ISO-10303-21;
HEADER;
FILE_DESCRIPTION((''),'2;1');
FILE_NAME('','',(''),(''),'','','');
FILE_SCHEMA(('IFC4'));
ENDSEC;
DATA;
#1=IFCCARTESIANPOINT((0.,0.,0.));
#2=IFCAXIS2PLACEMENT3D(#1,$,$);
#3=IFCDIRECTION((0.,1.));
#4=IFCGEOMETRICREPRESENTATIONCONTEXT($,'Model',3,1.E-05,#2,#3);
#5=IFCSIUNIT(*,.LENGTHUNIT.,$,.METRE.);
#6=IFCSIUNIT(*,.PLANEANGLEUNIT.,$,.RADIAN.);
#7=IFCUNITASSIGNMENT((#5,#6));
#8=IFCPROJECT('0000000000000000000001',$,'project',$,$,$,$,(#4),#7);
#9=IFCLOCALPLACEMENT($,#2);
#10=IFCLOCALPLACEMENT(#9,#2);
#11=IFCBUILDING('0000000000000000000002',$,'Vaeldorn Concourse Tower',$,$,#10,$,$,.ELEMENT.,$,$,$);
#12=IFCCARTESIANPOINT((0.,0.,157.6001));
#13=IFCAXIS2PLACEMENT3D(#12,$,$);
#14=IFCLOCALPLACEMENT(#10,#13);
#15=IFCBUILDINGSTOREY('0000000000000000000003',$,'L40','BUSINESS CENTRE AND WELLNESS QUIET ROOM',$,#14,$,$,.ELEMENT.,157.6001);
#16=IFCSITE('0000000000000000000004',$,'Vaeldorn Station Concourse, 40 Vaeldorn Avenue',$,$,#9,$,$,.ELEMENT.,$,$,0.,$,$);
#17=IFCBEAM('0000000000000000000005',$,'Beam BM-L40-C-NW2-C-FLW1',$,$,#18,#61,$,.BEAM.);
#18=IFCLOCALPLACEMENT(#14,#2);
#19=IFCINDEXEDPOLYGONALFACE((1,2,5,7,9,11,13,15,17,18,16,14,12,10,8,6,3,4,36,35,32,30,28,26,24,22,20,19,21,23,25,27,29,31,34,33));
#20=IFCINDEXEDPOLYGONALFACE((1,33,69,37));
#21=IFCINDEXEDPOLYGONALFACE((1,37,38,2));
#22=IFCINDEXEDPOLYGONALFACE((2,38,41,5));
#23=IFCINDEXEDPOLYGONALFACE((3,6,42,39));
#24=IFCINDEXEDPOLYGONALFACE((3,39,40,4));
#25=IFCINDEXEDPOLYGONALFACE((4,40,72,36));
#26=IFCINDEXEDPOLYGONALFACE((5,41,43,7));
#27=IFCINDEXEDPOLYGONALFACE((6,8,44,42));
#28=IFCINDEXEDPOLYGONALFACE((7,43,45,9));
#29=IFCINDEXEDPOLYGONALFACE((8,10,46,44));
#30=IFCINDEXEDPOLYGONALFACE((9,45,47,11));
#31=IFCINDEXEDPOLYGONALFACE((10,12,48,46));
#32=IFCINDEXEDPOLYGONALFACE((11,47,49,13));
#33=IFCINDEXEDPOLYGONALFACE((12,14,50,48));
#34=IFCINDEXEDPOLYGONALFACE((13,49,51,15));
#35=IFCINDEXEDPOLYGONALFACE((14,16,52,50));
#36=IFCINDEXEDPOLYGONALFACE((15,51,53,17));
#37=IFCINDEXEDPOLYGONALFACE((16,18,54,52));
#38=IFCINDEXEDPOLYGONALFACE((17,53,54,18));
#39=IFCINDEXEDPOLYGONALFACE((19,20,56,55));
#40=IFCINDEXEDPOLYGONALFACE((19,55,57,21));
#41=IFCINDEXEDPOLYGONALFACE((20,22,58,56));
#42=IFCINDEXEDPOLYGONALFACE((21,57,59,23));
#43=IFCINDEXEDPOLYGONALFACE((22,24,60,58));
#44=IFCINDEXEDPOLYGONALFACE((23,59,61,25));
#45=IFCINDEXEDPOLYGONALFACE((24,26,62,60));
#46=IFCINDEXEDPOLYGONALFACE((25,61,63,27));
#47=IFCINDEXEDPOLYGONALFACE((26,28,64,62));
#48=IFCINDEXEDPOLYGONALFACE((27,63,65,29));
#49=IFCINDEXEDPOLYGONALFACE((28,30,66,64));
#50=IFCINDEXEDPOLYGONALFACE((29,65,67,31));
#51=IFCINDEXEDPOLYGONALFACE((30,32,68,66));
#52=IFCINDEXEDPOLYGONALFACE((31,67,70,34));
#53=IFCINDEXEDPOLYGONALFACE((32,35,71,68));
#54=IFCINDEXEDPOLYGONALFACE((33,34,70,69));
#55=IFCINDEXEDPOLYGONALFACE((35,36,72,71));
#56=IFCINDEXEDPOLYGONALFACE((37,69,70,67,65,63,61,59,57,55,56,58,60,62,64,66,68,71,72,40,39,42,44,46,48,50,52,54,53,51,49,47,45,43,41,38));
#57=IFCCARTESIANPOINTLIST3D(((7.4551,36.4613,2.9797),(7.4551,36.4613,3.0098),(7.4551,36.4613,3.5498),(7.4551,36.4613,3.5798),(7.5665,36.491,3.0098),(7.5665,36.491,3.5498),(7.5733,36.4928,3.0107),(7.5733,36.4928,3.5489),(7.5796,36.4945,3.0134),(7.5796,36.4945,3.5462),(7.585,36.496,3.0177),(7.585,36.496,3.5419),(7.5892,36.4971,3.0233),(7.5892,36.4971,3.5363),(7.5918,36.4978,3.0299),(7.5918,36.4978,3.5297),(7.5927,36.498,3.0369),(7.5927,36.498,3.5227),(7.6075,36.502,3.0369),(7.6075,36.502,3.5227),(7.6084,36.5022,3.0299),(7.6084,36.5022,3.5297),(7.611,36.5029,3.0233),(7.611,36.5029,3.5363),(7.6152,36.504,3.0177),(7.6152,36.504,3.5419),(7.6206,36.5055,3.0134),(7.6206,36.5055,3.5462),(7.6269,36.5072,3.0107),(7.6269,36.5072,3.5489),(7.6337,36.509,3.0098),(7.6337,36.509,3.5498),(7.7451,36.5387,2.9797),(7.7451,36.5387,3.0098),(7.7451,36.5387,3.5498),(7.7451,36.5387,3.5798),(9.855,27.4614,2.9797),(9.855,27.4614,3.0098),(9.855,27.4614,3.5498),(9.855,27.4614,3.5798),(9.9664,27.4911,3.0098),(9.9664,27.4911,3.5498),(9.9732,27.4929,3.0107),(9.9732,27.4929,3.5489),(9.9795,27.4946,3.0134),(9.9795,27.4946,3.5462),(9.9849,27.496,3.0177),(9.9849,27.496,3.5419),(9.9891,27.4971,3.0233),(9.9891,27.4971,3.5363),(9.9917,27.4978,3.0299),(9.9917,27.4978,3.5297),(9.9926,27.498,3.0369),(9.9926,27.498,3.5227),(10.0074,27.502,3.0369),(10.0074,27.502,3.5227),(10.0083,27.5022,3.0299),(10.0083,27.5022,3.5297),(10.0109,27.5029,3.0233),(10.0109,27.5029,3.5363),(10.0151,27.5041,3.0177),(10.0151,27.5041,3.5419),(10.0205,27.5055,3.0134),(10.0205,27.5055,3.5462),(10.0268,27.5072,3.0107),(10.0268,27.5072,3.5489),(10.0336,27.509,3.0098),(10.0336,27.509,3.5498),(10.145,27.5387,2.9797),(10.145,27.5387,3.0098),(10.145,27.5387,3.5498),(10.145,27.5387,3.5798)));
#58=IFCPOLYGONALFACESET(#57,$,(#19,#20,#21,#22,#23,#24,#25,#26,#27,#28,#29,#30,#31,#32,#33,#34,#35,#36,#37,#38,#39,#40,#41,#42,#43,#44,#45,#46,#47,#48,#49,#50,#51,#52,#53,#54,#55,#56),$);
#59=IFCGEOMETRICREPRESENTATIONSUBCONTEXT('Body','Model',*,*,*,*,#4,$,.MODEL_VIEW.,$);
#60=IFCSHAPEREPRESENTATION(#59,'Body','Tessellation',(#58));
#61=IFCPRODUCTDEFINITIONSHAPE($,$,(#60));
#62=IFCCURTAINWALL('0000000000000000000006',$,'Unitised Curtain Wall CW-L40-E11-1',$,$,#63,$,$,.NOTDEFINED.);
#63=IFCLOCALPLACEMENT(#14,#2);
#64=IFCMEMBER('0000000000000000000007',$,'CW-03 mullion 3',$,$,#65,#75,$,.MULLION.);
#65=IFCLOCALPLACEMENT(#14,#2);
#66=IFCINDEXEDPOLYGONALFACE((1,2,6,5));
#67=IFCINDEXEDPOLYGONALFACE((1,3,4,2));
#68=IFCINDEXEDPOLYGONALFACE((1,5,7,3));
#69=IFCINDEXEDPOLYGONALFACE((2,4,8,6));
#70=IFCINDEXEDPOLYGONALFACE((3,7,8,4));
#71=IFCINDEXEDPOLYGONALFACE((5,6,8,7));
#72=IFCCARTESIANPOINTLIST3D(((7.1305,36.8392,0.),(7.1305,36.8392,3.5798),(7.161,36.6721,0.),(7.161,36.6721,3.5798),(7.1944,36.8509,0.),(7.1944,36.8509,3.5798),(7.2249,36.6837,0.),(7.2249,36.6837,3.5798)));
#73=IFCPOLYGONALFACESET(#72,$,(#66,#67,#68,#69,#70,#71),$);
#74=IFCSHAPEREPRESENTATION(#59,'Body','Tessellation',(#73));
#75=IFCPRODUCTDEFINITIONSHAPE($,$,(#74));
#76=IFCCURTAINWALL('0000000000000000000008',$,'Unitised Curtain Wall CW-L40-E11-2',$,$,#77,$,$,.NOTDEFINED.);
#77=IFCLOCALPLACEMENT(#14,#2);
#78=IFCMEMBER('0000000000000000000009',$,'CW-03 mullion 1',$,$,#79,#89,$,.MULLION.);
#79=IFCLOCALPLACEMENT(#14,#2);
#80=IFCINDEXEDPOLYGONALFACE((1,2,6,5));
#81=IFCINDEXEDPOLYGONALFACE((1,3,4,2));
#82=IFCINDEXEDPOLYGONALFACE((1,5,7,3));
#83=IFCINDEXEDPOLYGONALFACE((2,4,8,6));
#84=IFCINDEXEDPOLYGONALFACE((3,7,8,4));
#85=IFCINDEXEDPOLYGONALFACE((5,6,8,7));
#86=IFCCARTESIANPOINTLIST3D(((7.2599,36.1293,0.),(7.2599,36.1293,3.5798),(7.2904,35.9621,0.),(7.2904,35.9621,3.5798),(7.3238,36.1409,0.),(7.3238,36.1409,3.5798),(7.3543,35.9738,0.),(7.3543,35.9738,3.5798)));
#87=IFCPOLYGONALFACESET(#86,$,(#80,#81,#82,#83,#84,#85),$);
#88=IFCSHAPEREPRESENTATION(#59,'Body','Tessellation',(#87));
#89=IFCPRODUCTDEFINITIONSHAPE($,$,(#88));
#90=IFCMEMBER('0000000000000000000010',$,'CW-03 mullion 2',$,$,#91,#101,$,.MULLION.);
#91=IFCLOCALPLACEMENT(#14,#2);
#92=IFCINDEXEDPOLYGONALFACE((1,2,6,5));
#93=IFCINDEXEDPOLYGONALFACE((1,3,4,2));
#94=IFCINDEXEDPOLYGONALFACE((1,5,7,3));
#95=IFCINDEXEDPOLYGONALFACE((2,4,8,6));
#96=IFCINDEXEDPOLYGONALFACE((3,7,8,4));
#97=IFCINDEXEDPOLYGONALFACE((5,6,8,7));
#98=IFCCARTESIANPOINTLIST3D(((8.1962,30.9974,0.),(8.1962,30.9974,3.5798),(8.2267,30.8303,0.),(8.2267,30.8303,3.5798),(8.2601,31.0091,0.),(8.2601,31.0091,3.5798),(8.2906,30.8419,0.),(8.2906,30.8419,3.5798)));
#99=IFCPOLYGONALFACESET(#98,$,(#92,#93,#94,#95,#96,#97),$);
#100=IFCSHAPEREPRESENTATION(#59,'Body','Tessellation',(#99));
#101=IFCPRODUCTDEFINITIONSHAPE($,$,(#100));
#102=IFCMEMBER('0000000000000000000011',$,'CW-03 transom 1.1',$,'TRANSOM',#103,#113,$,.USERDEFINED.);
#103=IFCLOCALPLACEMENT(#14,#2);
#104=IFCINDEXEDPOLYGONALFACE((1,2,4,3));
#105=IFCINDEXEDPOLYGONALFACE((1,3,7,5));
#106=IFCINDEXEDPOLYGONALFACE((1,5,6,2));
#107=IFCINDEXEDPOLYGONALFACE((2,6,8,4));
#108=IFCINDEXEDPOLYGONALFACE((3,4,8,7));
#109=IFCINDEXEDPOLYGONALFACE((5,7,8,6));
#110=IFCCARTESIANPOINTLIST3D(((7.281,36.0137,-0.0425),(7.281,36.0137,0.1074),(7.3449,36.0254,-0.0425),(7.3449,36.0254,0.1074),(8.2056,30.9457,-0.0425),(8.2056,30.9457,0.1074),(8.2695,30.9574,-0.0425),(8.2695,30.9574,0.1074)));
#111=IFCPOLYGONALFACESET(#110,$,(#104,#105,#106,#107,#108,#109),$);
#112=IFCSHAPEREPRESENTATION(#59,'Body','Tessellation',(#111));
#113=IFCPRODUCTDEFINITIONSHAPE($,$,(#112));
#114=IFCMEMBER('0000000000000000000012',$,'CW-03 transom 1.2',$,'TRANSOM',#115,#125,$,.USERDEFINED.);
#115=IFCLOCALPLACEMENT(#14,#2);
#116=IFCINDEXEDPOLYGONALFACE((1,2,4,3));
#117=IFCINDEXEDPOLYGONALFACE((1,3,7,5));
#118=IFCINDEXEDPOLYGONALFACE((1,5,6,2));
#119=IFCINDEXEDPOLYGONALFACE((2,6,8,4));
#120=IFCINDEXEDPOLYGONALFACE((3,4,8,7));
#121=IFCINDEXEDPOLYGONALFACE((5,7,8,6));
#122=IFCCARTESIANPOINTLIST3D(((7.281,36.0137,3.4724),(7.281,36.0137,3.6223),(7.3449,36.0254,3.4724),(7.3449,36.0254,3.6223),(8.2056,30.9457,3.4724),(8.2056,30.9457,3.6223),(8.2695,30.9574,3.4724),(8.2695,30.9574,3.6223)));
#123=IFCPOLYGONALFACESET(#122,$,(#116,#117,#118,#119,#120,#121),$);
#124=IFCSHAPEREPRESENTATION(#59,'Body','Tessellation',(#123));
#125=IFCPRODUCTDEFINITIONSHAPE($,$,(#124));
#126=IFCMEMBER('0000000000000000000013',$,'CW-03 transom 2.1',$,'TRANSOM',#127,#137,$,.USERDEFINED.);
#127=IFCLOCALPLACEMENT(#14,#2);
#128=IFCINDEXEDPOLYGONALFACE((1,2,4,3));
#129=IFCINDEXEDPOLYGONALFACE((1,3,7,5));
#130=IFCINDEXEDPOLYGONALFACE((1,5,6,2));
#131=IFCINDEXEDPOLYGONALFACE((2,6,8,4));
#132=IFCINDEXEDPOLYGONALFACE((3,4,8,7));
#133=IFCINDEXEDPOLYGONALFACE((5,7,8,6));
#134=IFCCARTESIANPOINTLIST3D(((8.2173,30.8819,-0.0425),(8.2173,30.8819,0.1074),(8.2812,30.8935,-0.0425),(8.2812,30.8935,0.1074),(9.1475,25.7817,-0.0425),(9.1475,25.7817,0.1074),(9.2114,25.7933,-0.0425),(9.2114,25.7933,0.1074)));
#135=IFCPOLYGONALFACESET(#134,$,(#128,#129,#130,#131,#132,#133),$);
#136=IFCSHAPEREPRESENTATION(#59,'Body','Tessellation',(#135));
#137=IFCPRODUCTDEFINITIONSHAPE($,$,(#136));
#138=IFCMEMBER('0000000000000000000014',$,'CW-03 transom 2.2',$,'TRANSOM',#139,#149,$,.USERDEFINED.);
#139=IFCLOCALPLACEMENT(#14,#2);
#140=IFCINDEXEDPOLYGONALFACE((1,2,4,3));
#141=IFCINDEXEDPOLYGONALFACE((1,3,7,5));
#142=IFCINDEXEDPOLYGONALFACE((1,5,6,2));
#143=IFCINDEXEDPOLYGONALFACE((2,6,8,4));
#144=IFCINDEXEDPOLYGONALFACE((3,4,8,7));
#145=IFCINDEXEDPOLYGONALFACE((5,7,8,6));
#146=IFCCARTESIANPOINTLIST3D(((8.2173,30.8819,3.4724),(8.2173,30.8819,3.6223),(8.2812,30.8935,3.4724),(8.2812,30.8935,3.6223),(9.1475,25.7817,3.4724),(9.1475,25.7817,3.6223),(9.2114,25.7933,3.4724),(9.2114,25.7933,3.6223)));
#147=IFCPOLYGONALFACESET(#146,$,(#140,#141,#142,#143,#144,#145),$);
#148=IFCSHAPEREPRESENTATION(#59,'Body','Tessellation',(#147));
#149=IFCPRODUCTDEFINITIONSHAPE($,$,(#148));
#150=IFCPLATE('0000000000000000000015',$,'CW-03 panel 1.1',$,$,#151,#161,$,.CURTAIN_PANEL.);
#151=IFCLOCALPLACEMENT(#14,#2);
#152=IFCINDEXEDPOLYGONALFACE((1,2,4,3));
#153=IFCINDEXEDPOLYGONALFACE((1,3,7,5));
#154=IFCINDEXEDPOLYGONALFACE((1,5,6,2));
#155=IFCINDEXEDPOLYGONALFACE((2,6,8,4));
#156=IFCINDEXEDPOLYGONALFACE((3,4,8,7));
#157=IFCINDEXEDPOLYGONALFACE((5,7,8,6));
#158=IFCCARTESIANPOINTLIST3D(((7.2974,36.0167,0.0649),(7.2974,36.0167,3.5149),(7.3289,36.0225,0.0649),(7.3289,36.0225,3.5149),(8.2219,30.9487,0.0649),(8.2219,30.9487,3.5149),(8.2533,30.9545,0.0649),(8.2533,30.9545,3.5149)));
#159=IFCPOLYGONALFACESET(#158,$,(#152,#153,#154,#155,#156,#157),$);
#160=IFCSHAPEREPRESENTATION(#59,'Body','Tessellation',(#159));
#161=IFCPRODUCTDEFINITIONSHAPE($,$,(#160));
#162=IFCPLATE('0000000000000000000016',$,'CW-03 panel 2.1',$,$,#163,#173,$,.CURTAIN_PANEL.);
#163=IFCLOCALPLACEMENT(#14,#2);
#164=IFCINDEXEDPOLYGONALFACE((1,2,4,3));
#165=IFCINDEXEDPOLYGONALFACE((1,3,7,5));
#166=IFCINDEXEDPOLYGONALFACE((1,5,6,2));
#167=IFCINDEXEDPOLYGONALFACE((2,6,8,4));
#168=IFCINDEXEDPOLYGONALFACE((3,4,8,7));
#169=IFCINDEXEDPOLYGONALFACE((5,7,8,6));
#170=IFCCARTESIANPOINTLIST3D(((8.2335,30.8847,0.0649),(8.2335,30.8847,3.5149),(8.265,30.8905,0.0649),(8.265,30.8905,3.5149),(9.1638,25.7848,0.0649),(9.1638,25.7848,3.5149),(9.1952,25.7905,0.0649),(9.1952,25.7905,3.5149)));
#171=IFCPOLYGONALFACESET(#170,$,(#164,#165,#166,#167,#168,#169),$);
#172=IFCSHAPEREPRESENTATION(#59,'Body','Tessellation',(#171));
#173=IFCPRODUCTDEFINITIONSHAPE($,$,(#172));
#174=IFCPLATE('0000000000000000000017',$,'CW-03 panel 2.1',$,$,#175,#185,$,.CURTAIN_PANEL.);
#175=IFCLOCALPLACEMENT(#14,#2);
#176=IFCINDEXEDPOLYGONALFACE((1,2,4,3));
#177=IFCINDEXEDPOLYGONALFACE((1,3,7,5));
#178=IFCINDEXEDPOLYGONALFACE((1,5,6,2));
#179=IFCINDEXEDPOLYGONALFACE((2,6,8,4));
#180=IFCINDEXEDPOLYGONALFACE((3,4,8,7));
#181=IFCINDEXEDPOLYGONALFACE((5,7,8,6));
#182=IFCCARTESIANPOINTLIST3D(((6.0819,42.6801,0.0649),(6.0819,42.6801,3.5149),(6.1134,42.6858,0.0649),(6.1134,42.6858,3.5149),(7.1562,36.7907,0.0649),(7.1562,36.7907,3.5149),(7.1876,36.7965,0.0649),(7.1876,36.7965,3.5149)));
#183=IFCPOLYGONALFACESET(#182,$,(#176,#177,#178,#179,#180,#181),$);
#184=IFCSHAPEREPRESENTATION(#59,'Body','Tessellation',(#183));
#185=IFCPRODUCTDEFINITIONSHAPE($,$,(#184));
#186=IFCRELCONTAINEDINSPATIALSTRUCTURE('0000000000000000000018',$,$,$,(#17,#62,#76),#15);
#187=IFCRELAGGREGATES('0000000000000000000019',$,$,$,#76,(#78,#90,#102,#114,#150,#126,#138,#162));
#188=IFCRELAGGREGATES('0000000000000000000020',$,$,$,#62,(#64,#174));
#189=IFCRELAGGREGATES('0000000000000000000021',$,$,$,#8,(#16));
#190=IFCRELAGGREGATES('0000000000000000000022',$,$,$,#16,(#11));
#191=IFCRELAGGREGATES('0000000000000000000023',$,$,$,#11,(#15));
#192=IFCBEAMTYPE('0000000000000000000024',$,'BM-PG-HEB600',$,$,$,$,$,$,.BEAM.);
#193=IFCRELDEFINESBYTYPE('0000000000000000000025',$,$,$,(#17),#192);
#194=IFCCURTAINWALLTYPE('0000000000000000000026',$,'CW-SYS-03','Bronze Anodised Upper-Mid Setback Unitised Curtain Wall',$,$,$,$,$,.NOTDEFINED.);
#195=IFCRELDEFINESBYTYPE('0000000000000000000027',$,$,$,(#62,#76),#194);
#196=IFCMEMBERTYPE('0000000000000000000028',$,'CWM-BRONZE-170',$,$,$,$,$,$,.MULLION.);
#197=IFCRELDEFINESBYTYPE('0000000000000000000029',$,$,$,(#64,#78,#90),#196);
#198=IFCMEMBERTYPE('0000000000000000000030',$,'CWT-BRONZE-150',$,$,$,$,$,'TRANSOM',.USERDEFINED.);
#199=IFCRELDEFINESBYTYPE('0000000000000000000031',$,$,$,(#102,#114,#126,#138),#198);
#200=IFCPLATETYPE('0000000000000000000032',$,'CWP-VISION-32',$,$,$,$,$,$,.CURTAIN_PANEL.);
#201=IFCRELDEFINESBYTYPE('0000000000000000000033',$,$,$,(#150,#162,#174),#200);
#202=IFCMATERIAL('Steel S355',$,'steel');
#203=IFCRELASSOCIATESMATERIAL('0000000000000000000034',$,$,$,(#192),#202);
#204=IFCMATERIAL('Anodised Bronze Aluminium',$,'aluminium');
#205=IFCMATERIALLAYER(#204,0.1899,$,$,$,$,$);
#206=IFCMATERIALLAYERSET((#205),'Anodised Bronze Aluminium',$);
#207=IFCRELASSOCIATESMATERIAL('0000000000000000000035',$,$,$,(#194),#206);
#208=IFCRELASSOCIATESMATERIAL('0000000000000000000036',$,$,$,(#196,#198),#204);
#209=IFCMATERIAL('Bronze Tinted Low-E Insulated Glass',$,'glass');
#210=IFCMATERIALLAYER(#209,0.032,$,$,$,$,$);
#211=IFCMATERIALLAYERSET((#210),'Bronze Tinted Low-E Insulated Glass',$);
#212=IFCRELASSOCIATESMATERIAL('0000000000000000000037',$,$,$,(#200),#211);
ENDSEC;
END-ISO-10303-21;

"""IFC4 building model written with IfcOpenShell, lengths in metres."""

from ifc_helpers import new_model, si_unit, direction, frame, origin, origin_2d, place, context, subcontext, project, spatial, rectangle, i_section, extrude, source, transform, mapped, material, layer, layer_set, material_profile, profile_set, type_object, element, aggregate, save


model = new_model("IFC4")

# Units and contexts
model_context = context("Model", 3, precision=1e-05, world=origin(), true_north=direction((0.0, 1.0)))
body_context = subcontext(model_context, "Body", "Model", "MODEL_VIEW")
ifc_project = project(units=[si_unit("LENGTHUNIT", "METRE"), si_unit("PLANEANGLEUNIT", "RADIAN")], contexts=[model_context])

# Site, building, storey
site_placement = place(None, origin())
site = spatial("IfcSite", under=ifc_project, at=site_placement, Name="Vaeldorn Station Concourse, 40 Vaeldorn Avenue", CompositionType="ELEMENT", RefElevation=0.0)
building_placement = place(site_placement, origin())
building = spatial("IfcBuilding", under=site, at=building_placement, Name="Vaeldorn Concourse Tower", CompositionType="ELEMENT")
storey_placement = place(building_placement, frame((0.0, 0.0, 157.6001)))
storey = spatial("IfcBuildingStorey", under=building, at=storey_placement, Name="L40", Description="BUSINESS CENTRE AND WELLNESS QUIET ROOM", CompositionType="ELEMENT", Elevation=157.6001)

# Beam
ifc_material_1 = material(Name="Steel S355", Category="steel")
ifc_material_profile_1 = material_profile(ifc_material_1, i_section(OverallWidth=0.3, OverallDepth=0.6001, WebThickness=0.0154, FlangeThickness=0.03, FilletRadius=0.0271, at=origin_2d()), Name="HEB 600")
ifc_profile_set_1 = profile_set([ifc_material_profile_1], Name="Steel S355")
beam_type_1 = type_object("IfcBeamType", Name="BM-PG-HEB600", PredefinedType="BEAM", material=ifc_profile_set_1)
shared_shape_1 = source(origin(), body_context, "Body", "SweptSolid", [
    extrude(i_section(OverallWidth=0.3, OverallDepth=0.6001, WebThickness=0.0154, FlangeThickness=0.03, FilletRadius=0.0271, at=origin_2d()), origin(), (0.0, 0.0, 1.0), 9.3145),
])
beam_1_placement = place(storey_placement, frame((7.6001, 36.5, 3.2798), z_axis=(0.257653, -0.966238, 0.0), x_axis=(0.966238, 0.257653, 0.0)))
element("IfcBeam", 1, at=beam_1_placement, inside=storey, type_object=beam_type_1, Name="Beam BM-L40-C-NW2-C-FLW1", PredefinedType="BEAM", context=body_context, shape_type="MappedRepresentation", body=[
    mapped(shared_shape_1, transform((0.0, 0.0, 0.0), scale=1.0)),
])

# Curtain wall, member
ifc_material_2 = material(Name="Anodised Bronze Aluminium", Category="aluminium")
ifc_layer_1 = layer(ifc_material_2, 0.1899)
ifc_layer_set_1 = layer_set([ifc_layer_1], Name="Anodised Bronze Aluminium")
curtain_wall_type = type_object("IfcCurtainWallType", Name="CW-SYS-03", Description="Bronze Anodised Upper-Mid Setback Unitised Curtain Wall", PredefinedType="NOTDEFINED", material=ifc_layer_set_1)
curtain_wall_1_placement = place(storey_placement, origin())
curtain_wall_1 = element("IfcCurtainWall", 2, at=curtain_wall_1_placement, inside=storey, type_object=curtain_wall_type, Name="Unitised Curtain Wall CW-L40-E11-1", PredefinedType="NOTDEFINED")
ifc_material_profile_2 = material_profile(ifc_material_2, rectangle(XDim=0.0649, YDim=0.1699, at=origin_2d()), Name="CWM 65x170")
ifc_profile_set_2 = profile_set([ifc_material_profile_2], Name="Anodised Bronze Aluminium")
member_type_1 = type_object("IfcMemberType", Name="CWM-BRONZE-170", PredefinedType="MULLION", material=ifc_profile_set_2)
shared_shape_2 = source(origin(), body_context, "Body", "SweptSolid", [
    extrude(rectangle(XDim=0.0649, YDim=0.1699, at=origin_2d()), origin(), (0.0, 0.0, 1.0), 3.5798),
])
member_1_placement = place(storey_placement, frame((7.1777, 36.7615, 0.0), z_axis=(0.0, 0.0, 1.0), x_axis=(0.983768, 0.179447, 0.0)))
member_1 = element("IfcMember", 3, at=member_1_placement, type_object=member_type_1, Name="CW-03 mullion 3", PredefinedType="MULLION", context=body_context, shape_type="MappedRepresentation", body=[
    mapped(shared_shape_2, transform((0.0, 0.0, 0.0), scale=1.0)),
])

# Curtain wall, members, plates
curtain_wall_2_placement = place(storey_placement, origin())
curtain_wall_2 = element("IfcCurtainWall", 4, at=curtain_wall_2_placement, inside=storey, type_object=curtain_wall_type, Name="Unitised Curtain Wall CW-L40-E11-2", PredefinedType="NOTDEFINED")
member_2_placement = place(storey_placement, frame((7.3071, 36.0515, 0.0), z_axis=(0.0, 0.0, 1.0), x_axis=(0.983768, 0.179446, 0.0)))
member_2 = element("IfcMember", 5, at=member_2_placement, type_object=member_type_1, Name="CW-03 mullion 1", PredefinedType="MULLION", context=body_context, shape_type="MappedRepresentation", body=[
    mapped(shared_shape_2, transform((0.0, 0.0, 0.0), scale=1.0)),
])
member_3_placement = place(storey_placement, frame((8.2434, 30.9197, 0.0), z_axis=(0.0, 0.0, 1.0), x_axis=(0.983768, 0.179446, 0.0)))
member_3 = element("IfcMember", 6, at=member_3_placement, type_object=member_type_1, Name="CW-03 mullion 2", PredefinedType="MULLION", context=body_context, shape_type="MappedRepresentation", body=[
    mapped(shared_shape_2, transform((0.0, 0.0, 0.0), scale=1.0)),
])
ifc_material_profile_3 = material_profile(ifc_material_2, rectangle(XDim=0.0649, YDim=0.1499, at=origin_2d()), Name="CWT 65x150")
ifc_profile_set_3 = profile_set([ifc_material_profile_3], Name="Anodised Bronze Aluminium")
member_type_2 = type_object("IfcMemberType", Name="CWT-BRONZE-150", ElementType="TRANSOM", PredefinedType="USERDEFINED", material=ifc_profile_set_3)
shared_shape_3 = source(origin(), body_context, "Body", "SweptSolid", [
    extrude(rectangle(XDim=0.0649, YDim=0.1499, at=origin_2d()), origin(), (0.0, 0.0, 1.0), 5.1516),
])
member_4_placement = place(storey_placement, frame((7.313, 36.0195, 0.0325), z_axis=(0.179473, -0.983763, 0.0), x_axis=(0.983763, 0.179473, 0.0)))
member_4 = element("IfcMember", 7, at=member_4_placement, type_object=member_type_2, Name="CW-03 transom 1.1", ObjectType="TRANSOM", PredefinedType="USERDEFINED", context=body_context, shape_type="MappedRepresentation", body=[
    mapped(shared_shape_3, transform((0.0, 0.0, 0.0), scale=1.0)),
])
member_5_placement = place(storey_placement, frame((7.313, 36.0195, 3.5474), z_axis=(0.179473, -0.983763, 0.0), x_axis=(0.983763, 0.179473, 0.0)))
member_5 = element("IfcMember", 8, at=member_5_placement, type_object=member_type_2, Name="CW-03 transom 1.2", ObjectType="TRANSOM", PredefinedType="USERDEFINED", context=body_context, shape_type="MappedRepresentation", body=[
    mapped(shared_shape_3, transform((0.0, 0.0, 0.0), scale=1.0)),
])
shared_shape_4 = source(origin(), body_context, "Body", "SweptSolid", [
    extrude(rectangle(XDim=0.0649, YDim=0.1499, at=origin_2d()), origin(), (0.0, 0.0, 1.0), 5.1843),
])
member_6_placement = place(storey_placement, frame((8.2493, 30.8877, 0.0325), z_axis=(0.179424, -0.983772, 0.0), x_axis=(0.983772, 0.179424, 0.0)))
member_6 = element("IfcMember", 9, at=member_6_placement, type_object=member_type_2, Name="CW-03 transom 2.1", ObjectType="TRANSOM", PredefinedType="USERDEFINED", context=body_context, shape_type="MappedRepresentation", body=[
    mapped(shared_shape_4, transform((0.0, 0.0, 0.0), scale=1.0)),
])
member_7_placement = place(storey_placement, frame((8.2493, 30.8877, 3.5474), z_axis=(0.179424, -0.983772, 0.0), x_axis=(0.983772, 0.179424, 0.0)))
member_7 = element("IfcMember", 10, at=member_7_placement, type_object=member_type_2, Name="CW-03 transom 2.2", ObjectType="TRANSOM", PredefinedType="USERDEFINED", context=body_context, shape_type="MappedRepresentation", body=[
    mapped(shared_shape_4, transform((0.0, 0.0, 0.0), scale=1.0)),
])
ifc_material_3 = material(Name="Bronze Tinted Low-E Insulated Glass", Category="glass")
ifc_layer_2 = layer(ifc_material_3, 0.032)
ifc_layer_set_2 = layer_set([ifc_layer_2], Name="Bronze Tinted Low-E Insulated Glass")
plate_type = type_object("IfcPlateType", Name="CWP-VISION-32", PredefinedType="CURTAIN_PANEL", material=ifc_layer_set_2)
shared_shape_5 = source(origin(), body_context, "Body", "SweptSolid", [
    extrude(rectangle(XDim=5.1516, YDim=0.032, at=origin_2d()), origin(), (0.0, 0.0, 1.0), 3.45),
])
plate_1_placement = place(storey_placement, frame((7.7754, 33.4856, 0.0649), z_axis=(0.0, 0.0, 1.0), x_axis=(0.179446, -0.983768, 0.0)))
plate_1 = element("IfcPlate", 11, at=plate_1_placement, type_object=plate_type, Name="CW-03 panel 1.1", PredefinedType="CURTAIN_PANEL", context=body_context, shape_type="MappedRepresentation", body=[
    mapped(shared_shape_5, transform((0.0, 0.0, 0.0), scale=1.0)),
])
shared_shape_6 = source(origin(), body_context, "Body", "SweptSolid", [
    extrude(rectangle(XDim=5.1841, YDim=0.032, at=origin_2d()), origin(), (0.0, 0.0, 1.0), 3.45),
])
plate_2_placement = place(storey_placement, frame((8.7144, 28.3376, 0.0649), z_axis=(0.0, 0.0, 1.0), x_axis=(0.179446, -0.983768, 0.0)))
plate_2 = element("IfcPlate", 12, at=plate_2_placement, type_object=plate_type, Name="CW-03 panel 2.1", PredefinedType="CURTAIN_PANEL", context=body_context, shape_type="MappedRepresentation", body=[
    mapped(shared_shape_6, transform((0.0, 0.0, 0.0), scale=1.0)),
])
aggregate(curtain_wall_2, [member_2, member_3, member_4, member_5, plate_1, member_6, member_7, plate_2])

# Plate
shared_shape_7 = source(origin(), body_context, "Body", "SweptSolid", [
    extrude(rectangle(XDim=5.9866, YDim=0.032, at=origin_2d()), origin(), (0.0, 0.0, 1.0), 3.45),
])
plate_3_placement = place(storey_placement, frame((6.6348, 39.7383, 0.0649), z_axis=(0.0, 0.0, 1.0), x_axis=(0.179447, -0.983768, 0.0)))
plate_3 = element("IfcPlate", 13, at=plate_3_placement, type_object=plate_type, Name="CW-03 panel 2.1", PredefinedType="CURTAIN_PANEL", context=body_context, shape_type="MappedRepresentation", body=[
    mapped(shared_shape_7, transform((0.0, 0.0, 0.0), scale=1.0)),
])
aggregate(curtain_wall_1, [member_1, plate_3])

save(model, "model.ifc")
